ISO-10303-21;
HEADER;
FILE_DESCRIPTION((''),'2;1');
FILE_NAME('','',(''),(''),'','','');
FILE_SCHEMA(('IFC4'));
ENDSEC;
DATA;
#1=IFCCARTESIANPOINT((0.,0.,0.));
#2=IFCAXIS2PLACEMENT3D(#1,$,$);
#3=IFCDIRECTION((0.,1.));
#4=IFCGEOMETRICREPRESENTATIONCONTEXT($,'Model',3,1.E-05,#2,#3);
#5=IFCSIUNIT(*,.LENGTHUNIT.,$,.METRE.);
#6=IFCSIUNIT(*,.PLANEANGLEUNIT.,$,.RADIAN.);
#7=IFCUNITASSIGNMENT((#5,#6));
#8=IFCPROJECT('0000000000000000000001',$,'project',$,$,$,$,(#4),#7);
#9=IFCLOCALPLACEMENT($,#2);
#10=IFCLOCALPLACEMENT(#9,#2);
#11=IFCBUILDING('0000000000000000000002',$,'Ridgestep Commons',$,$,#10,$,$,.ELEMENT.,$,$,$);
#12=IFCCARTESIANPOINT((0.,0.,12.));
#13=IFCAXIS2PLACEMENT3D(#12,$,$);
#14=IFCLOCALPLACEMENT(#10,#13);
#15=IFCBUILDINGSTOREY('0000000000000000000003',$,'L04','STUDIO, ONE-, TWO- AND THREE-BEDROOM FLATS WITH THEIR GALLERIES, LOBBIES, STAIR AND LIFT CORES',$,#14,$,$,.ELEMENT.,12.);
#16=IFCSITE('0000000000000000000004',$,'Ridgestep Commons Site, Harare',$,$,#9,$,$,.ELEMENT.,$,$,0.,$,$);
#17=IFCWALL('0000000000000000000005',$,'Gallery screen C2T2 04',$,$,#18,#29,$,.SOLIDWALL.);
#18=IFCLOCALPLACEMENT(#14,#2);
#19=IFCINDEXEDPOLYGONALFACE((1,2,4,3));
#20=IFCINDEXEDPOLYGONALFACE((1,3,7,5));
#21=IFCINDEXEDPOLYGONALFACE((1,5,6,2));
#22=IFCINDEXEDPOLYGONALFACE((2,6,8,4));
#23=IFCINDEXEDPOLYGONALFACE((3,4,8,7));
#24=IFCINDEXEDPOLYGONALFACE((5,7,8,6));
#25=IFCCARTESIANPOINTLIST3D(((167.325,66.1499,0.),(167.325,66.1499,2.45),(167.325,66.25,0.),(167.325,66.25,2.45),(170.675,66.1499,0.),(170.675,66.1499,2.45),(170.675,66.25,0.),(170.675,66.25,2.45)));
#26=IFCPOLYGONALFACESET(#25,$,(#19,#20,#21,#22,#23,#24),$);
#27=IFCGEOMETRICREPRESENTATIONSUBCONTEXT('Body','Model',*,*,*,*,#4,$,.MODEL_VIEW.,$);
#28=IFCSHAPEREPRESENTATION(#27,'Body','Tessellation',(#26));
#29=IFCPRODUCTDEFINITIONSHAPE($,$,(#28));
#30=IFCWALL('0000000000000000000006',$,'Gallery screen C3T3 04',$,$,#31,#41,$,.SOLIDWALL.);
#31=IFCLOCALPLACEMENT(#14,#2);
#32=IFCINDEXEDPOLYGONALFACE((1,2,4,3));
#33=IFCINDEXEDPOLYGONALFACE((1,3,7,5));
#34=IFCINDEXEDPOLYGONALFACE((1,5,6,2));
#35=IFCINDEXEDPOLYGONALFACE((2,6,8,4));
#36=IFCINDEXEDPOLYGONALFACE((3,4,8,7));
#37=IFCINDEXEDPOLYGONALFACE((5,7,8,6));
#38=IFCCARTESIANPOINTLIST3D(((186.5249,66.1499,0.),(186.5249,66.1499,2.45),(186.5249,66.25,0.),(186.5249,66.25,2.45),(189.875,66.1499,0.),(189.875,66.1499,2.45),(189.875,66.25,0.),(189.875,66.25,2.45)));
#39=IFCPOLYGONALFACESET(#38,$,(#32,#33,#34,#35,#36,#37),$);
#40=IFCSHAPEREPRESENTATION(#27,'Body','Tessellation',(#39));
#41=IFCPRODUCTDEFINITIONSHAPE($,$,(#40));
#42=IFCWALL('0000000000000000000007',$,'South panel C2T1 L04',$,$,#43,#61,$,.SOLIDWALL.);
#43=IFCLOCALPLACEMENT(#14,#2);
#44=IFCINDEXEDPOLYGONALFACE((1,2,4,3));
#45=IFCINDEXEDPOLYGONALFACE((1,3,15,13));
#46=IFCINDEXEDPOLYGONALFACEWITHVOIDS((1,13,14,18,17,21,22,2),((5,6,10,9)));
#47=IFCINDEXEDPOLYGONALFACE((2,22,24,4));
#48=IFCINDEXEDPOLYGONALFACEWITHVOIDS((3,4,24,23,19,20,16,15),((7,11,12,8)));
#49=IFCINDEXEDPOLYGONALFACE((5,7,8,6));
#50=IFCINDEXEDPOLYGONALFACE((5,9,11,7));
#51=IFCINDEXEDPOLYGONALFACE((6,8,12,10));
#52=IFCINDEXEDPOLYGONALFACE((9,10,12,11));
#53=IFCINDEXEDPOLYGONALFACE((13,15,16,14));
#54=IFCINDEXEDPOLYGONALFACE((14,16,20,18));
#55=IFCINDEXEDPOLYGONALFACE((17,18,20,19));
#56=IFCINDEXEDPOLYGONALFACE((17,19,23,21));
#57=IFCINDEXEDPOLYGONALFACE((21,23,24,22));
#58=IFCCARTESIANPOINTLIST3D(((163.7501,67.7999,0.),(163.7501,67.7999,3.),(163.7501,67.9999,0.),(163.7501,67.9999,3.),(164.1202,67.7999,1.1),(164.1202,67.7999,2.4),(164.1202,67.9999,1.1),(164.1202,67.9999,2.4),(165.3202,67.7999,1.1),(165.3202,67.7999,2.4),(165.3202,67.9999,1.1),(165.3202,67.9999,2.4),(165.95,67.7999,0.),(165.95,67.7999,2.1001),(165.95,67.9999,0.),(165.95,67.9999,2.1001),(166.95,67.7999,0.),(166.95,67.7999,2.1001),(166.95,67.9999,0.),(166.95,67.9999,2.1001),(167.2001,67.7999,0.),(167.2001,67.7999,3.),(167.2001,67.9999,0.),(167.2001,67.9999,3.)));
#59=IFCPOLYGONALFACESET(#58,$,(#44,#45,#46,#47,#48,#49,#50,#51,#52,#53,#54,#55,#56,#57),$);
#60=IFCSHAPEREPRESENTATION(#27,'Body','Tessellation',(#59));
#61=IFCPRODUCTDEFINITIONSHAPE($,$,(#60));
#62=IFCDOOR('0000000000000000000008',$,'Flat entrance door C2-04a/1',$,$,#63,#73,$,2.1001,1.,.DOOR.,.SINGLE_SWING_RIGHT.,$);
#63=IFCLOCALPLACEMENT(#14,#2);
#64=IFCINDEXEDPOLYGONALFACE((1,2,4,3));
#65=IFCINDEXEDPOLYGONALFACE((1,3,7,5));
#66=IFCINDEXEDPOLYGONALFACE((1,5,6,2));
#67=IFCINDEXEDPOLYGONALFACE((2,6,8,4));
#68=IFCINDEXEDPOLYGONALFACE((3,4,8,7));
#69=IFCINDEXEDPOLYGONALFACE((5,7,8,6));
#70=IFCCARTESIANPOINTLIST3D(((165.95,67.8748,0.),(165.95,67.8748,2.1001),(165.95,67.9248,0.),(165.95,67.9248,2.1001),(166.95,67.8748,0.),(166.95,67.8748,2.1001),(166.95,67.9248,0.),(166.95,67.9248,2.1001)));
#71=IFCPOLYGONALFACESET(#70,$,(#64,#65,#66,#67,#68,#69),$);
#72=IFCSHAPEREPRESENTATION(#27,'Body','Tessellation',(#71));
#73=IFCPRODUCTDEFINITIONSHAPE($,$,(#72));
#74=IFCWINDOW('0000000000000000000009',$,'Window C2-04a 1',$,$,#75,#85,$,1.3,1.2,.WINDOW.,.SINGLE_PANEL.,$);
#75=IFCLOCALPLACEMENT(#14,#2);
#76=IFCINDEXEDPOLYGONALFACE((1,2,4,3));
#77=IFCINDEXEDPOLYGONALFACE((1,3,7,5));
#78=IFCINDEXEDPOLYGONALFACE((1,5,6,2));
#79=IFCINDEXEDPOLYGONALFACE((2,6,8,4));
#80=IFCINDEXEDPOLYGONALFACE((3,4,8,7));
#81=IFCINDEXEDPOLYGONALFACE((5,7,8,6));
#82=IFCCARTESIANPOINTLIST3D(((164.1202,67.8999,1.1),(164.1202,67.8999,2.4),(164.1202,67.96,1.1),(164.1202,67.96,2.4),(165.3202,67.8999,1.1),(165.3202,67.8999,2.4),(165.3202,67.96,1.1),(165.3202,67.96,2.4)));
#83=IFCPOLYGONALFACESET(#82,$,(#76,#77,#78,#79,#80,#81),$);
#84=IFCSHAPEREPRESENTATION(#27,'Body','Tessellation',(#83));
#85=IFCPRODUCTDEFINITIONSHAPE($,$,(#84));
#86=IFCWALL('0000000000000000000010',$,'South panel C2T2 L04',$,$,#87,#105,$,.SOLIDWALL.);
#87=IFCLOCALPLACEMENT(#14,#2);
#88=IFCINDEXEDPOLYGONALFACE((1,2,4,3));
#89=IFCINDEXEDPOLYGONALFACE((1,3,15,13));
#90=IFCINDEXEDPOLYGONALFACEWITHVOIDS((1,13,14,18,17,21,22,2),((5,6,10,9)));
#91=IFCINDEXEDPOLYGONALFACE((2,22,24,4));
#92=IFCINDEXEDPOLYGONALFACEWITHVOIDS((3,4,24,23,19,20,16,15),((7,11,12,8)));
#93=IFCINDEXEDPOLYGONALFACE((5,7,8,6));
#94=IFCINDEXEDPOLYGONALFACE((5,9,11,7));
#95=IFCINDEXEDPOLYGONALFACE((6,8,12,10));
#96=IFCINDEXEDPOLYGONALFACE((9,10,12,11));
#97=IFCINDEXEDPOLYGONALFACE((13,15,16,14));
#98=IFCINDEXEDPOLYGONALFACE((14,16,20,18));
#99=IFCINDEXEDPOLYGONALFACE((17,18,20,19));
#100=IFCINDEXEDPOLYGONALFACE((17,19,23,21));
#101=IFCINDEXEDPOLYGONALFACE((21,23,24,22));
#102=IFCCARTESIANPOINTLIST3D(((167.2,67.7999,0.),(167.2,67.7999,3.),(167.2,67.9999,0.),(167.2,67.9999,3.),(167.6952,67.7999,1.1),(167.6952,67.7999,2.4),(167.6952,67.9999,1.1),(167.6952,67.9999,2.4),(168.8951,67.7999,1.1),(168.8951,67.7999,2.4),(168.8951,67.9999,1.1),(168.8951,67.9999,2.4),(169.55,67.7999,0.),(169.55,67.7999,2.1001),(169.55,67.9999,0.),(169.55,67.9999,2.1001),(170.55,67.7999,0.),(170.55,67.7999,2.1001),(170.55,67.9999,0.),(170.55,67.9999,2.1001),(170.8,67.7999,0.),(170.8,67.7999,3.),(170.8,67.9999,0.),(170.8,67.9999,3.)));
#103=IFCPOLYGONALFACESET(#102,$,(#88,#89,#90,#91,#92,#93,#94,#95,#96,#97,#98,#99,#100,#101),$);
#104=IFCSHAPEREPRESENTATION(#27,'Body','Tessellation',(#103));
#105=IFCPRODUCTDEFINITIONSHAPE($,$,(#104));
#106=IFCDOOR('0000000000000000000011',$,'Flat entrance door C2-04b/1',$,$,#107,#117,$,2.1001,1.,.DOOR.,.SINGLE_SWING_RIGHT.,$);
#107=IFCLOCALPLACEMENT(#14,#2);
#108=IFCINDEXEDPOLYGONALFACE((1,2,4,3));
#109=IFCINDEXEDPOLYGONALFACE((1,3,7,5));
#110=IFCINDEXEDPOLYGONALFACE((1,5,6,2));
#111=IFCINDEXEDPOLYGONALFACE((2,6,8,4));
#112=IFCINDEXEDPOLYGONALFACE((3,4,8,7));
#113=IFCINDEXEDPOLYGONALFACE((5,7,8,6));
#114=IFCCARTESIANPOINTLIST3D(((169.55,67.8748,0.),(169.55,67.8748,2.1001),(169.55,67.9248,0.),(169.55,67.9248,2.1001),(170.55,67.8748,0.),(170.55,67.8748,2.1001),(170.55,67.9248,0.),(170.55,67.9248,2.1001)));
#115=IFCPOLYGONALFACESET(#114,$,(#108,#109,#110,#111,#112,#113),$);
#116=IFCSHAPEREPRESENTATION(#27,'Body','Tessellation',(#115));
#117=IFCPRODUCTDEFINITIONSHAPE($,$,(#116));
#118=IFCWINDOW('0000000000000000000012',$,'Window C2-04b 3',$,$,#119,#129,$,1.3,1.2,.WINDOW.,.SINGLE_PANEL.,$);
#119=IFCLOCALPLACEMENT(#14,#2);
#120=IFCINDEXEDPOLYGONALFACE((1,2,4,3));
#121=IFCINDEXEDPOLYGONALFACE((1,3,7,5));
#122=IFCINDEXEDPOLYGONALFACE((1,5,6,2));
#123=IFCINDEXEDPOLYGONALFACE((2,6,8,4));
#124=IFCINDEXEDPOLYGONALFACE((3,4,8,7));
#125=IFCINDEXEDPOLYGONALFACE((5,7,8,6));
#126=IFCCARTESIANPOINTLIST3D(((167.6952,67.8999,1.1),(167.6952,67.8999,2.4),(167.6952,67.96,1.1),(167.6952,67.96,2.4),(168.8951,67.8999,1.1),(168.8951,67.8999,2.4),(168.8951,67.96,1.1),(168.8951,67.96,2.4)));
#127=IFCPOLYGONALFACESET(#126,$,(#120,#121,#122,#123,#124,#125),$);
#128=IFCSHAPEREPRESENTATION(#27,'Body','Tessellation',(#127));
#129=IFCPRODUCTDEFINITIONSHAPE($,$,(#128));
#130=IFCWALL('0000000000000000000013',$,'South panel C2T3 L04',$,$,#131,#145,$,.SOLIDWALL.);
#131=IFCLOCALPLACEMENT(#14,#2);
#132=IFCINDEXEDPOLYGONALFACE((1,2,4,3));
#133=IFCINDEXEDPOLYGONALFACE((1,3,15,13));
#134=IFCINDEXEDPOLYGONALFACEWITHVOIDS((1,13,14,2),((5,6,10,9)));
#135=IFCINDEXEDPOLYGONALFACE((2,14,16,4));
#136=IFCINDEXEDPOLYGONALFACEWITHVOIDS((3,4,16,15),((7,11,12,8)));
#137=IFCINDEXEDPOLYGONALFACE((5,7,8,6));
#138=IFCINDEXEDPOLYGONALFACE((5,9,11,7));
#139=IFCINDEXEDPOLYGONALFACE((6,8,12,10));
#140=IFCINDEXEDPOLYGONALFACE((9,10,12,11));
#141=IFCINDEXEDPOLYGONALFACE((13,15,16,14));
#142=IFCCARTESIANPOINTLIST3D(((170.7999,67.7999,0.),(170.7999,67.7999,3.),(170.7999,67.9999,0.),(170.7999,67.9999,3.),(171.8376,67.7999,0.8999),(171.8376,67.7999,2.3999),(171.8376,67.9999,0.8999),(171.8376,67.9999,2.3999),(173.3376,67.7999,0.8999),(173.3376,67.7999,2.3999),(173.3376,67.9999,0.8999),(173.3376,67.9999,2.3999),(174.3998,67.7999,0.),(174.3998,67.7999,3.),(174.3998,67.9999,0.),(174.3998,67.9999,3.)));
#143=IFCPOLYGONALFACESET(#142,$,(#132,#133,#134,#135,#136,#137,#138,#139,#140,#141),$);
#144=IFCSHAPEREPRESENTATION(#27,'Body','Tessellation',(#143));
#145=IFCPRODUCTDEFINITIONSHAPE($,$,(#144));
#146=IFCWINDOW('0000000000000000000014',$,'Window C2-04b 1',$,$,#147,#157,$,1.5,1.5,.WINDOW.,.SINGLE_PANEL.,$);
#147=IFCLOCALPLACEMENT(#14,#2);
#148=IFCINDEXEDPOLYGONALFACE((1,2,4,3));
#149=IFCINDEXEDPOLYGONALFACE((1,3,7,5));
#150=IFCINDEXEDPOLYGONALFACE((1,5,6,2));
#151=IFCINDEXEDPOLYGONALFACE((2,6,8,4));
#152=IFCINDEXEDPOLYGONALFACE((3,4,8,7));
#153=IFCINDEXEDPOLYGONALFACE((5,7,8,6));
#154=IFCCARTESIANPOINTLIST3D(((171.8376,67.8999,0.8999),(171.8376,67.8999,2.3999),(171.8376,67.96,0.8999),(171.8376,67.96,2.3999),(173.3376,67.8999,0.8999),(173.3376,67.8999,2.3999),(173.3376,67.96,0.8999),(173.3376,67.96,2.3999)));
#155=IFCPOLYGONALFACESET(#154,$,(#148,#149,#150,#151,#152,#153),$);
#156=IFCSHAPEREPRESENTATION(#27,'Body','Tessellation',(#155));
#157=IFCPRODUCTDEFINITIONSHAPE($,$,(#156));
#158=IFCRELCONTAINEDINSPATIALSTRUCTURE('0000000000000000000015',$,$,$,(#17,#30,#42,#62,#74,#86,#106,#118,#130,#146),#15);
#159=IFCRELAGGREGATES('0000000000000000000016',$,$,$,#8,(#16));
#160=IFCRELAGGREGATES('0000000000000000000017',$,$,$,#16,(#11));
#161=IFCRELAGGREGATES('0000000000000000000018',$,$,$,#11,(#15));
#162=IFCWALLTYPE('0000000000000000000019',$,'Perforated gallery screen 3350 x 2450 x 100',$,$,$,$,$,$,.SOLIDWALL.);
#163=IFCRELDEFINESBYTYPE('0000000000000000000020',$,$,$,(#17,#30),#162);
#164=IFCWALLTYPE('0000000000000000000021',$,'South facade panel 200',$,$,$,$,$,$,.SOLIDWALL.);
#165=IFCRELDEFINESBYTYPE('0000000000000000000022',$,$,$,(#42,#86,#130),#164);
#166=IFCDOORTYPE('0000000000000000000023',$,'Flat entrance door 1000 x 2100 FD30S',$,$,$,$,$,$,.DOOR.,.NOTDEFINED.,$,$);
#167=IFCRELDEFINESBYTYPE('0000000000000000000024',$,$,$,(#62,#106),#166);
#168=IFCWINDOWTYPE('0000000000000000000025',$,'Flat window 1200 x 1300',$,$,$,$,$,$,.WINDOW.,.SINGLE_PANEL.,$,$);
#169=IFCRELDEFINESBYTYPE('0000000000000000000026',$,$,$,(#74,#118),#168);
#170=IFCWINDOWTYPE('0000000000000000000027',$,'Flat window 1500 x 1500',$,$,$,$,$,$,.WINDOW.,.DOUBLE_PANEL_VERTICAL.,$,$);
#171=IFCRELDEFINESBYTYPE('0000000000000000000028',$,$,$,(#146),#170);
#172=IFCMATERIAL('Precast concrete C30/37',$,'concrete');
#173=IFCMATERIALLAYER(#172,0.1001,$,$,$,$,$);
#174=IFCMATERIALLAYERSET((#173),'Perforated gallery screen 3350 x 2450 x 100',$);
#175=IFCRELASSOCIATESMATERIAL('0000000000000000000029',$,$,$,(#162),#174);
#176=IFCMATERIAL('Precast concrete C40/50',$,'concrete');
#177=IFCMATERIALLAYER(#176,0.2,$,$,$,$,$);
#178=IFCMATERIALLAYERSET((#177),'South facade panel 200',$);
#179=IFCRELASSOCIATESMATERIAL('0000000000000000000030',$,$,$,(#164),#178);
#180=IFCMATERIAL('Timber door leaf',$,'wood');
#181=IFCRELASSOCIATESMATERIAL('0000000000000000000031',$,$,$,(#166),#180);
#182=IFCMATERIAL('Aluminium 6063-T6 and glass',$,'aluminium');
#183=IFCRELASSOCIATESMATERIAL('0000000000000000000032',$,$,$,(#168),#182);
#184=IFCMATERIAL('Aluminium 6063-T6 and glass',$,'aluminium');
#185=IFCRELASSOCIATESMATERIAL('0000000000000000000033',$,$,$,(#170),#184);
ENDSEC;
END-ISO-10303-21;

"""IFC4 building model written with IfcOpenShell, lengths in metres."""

from ifc_helpers import new_model, si_unit, direction, frame, frame_2d, origin, place, context, subcontext, project, spatial, rectangle, extrude, material, layer, layer_set, type_object, element, fill, save


model = new_model("IFC4")

# Units and contexts
model_context = context("Model", 3, precision=1e-05, world=origin(), true_north=direction((0.0, 1.0)))
body_context = subcontext(model_context, "Body", "Model", "MODEL_VIEW")
ifc_project = project(units=[si_unit("LENGTHUNIT", "METRE"), si_unit("PLANEANGLEUNIT", "RADIAN")], contexts=[model_context])

# Site, building, storey
site_placement = place(None, origin())
site = spatial("IfcSite", under=ifc_project, at=site_placement, Name="Ridgestep Commons Site, Harare", CompositionType="ELEMENT", RefElevation=0.0)
building_placement = place(site_placement, origin())
building = spatial("IfcBuilding", under=site, at=building_placement, Name="Ridgestep Commons", CompositionType="ELEMENT")
storey_placement = place(building_placement, frame((0.0, 0.0, 12.0)))
storey = spatial("IfcBuildingStorey", under=building, at=storey_placement, Name="L04", Description="STUDIO, ONE-, TWO- AND THREE-BEDROOM FLATS WITH THEIR GALLERIES, LOBBIES, STAIR AND LIFT CORES", CompositionType="ELEMENT", Elevation=12.0)

# Walls
ifc_material_1 = material(Name="Precast concrete C30/37", Category="concrete")
ifc_layer_1 = layer(ifc_material_1, 0.1001)
ifc_layer_set_1 = layer_set([ifc_layer_1], Name="Perforated gallery screen 3350 x 2450 x 100")
wall_type_1 = type_object("IfcWallType", Name="Perforated gallery screen 3350 x 2450 x 100", PredefinedType="SOLIDWALL", material=ifc_layer_set_1)
for number, where, z_axis, x_axis, name in (
    (1, (167.325, 66.2, 0.0), (0.0, 0.0, 1.0), (1.0, 0.0, 0.0), "Gallery screen C2T2 04"),
    (2, (186.5249, 66.2, 0.0), (0.0, 0.0, 1.0), (1.0, 0.0, 0.0), "Gallery screen C3T3 04"),
):
    element("IfcWall", number, at=place(storey_placement, frame(where, z_axis=z_axis, x_axis=x_axis)), inside=storey, type_object=wall_type_1, Name=name, PredefinedType="SOLIDWALL", context=body_context, shape_type="SweptSolid", body=[
        extrude(rectangle(XDim=3.3501, YDim=0.1001, at=frame_2d((1.675, 0.0))), origin(), (0.0, 0.0, 1.0), 2.45),
    ])

# Walls, openings, doors, windows
ifc_material_2 = material(Name="Precast concrete C40/50", Category="concrete")
ifc_layer_2 = layer(ifc_material_2, 0.2)
ifc_layer_set_2 = layer_set([ifc_layer_2], Name="South facade panel 200")
wall_type_2 = type_object("IfcWallType", Name="South facade panel 200", PredefinedType="SOLIDWALL", material=ifc_layer_set_2)
wall_1_placement = place(storey_placement, frame((163.75, 67.8999, 0.0), z_axis=(0.0, 0.0, 1.0), x_axis=(1.0, 0.0, 0.0)))
wall_1 = element("IfcWall", 3, at=wall_1_placement, inside=storey, type_object=wall_type_2, Name="South panel C2T1 L04", PredefinedType="SOLIDWALL", context=body_context, shape_type="SweptSolid", body=[
    extrude(rectangle(XDim=3.45, YDim=0.2, at=frame_2d((1.7251, 0.0))), origin(), (0.0, 0.0, 1.0), 3.0),
])
opening_1_placement = place(wall_1_placement, frame((0.3701, 0.0, 1.1001)))
opening_1 = element("IfcOpeningElement", 4, at=opening_1_placement, cuts=wall_1, PredefinedType="OPENING", context=body_context, shape_type="SweptSolid", body=[
    extrude(rectangle(XDim=1.2, YDim=1.3, at=frame_2d((0.6001, 0.6499))), frame((0.0, 0.1099, 0.0), z_axis=(0.0, -1.0, 0.0), x_axis=(1.0, 0.0, 0.0)), (0.0, 0.0, 1.0), 0.22),
])
opening_2_placement = place(wall_1_placement, frame((2.2, 0.0, 0.0)))
opening_2 = element("IfcOpeningElement", 5, at=opening_2_placement, cuts=wall_1, PredefinedType="OPENING", context=body_context, shape_type="SweptSolid", body=[
    extrude(rectangle(XDim=1.0, YDim=2.1001, at=frame_2d((0.5, 1.05))), frame((0.0, 0.1099, 0.0), z_axis=(0.0, -1.0, 0.0), x_axis=(1.0, 0.0, 0.0)), (0.0, 0.0, 1.0), 0.22),
])
ifc_material_3 = material(Name="Timber door leaf", Category="wood")
door_type_1 = type_object("IfcDoorType", Name="Flat entrance door 1000 x 2100 FD30S", OperationType="NOTDEFINED", PredefinedType="DOOR", material=ifc_material_3)
door_1_placement = place(opening_2_placement, origin())
door_1 = element("IfcDoor", 6, at=door_1_placement, inside=storey, type_object=door_type_1, Name="Flat entrance door C2-04a/1", OperationType="SINGLE_SWING_RIGHT", OverallHeight=2.1001, OverallWidth=1.0, PredefinedType="DOOR", context=body_context, shape_type="SweptSolid", body=[
    extrude(rectangle(XDim=1.0, YDim=2.1001, at=frame_2d((0.5, 1.05))), frame((0.0, 0.0249, 0.0), z_axis=(0.0, -1.0, 0.0), x_axis=(1.0, 0.0, 0.0)), (0.0, 0.0, 1.0), 0.05),
])
fill(opening_2, door_1)
ifc_material_4 = material(Name="Aluminium 6063-T6 and glass", Category="aluminium")
window_type_1 = type_object("IfcWindowType", Name="Flat window 1200 x 1300", PartitioningType="SINGLE_PANEL", PredefinedType="WINDOW", material=ifc_material_4)
window_1_placement = place(opening_1_placement, origin())
window_1 = element("IfcWindow", 7, at=window_1_placement, inside=storey, type_object=window_type_1, Name="Window C2-04a 1", OverallHeight=1.3, OverallWidth=1.2, PartitioningType="SINGLE_PANEL", PredefinedType="WINDOW", context=body_context, shape_type="SweptSolid", body=[
    extrude(rectangle(XDim=1.2, YDim=1.3, at=frame_2d((0.6001, 0.6499))), frame((0.0, 0.0601, 0.0), z_axis=(0.0, -1.0, 0.0), x_axis=(1.0, 0.0, 0.0)), (0.0, 0.0, 1.0), 0.0601),
])
fill(opening_1, window_1)
wall_2_placement = place(storey_placement, frame((167.2, 67.8999, 0.0), z_axis=(0.0, 0.0, 1.0), x_axis=(1.0, 0.0, 0.0)))
wall_2 = element("IfcWall", 8, at=wall_2_placement, inside=storey, type_object=wall_type_2, Name="South panel C2T2 L04", PredefinedType="SOLIDWALL", context=body_context, shape_type="SweptSolid", body=[
    extrude(rectangle(XDim=3.6001, YDim=0.2, at=frame_2d((1.8, 0.0))), origin(), (0.0, 0.0, 1.0), 3.0),
])
opening_3_placement = place(wall_2_placement, frame((0.4951, 0.0, 1.1001)))
opening_3 = element("IfcOpeningElement", 9, at=opening_3_placement, cuts=wall_2, PredefinedType="OPENING", context=body_context, shape_type="SweptSolid", body=[
    extrude(rectangle(XDim=1.2, YDim=1.3, at=frame_2d((0.6001, 0.6499))), frame((0.0, 0.1099, 0.0), z_axis=(0.0, -1.0, 0.0), x_axis=(1.0, 0.0, 0.0)), (0.0, 0.0, 1.0), 0.22),
])
opening_4_placement = place(wall_2_placement, frame((2.3501, 0.0, 0.0)))
opening_4 = element("IfcOpeningElement", 10, at=opening_4_placement, cuts=wall_2, PredefinedType="OPENING", context=body_context, shape_type="SweptSolid", body=[
    extrude(rectangle(XDim=1.0, YDim=2.1001, at=frame_2d((0.5, 1.05))), frame((0.0, 0.1099, 0.0), z_axis=(0.0, -1.0, 0.0), x_axis=(1.0, 0.0, 0.0)), (0.0, 0.0, 1.0), 0.22),
])
door_2_placement = place(opening_4_placement, origin())
door_2 = element("IfcDoor", 11, at=door_2_placement, inside=storey, type_object=door_type_1, Name="Flat entrance door C2-04b/1", OperationType="SINGLE_SWING_RIGHT", OverallHeight=2.1001, OverallWidth=1.0, PredefinedType="DOOR", context=body_context, shape_type="SweptSolid", body=[
    extrude(rectangle(XDim=1.0, YDim=2.1001, at=frame_2d((0.5, 1.05))), frame((0.0, 0.0249, 0.0), z_axis=(0.0, -1.0, 0.0), x_axis=(1.0, 0.0, 0.0)), (0.0, 0.0, 1.0), 0.05),
])
fill(opening_4, door_2)
window_2_placement = place(opening_3_placement, origin())
window_2 = element("IfcWindow", 12, at=window_2_placement, inside=storey, type_object=window_type_1, Name="Window C2-04b 3", OverallHeight=1.3, OverallWidth=1.2, PartitioningType="SINGLE_PANEL", PredefinedType="WINDOW", context=body_context, shape_type="SweptSolid", body=[
    extrude(rectangle(XDim=1.2, YDim=1.3, at=frame_2d((0.6001, 0.6499))), frame((0.0, 0.0601, 0.0), z_axis=(0.0, -1.0, 0.0), x_axis=(1.0, 0.0, 0.0)), (0.0, 0.0, 1.0), 0.0601),
])
fill(opening_3, window_2)

# Wall, opening, window
wall_3_placement = place(storey_placement, frame((170.8, 67.8999, 0.0), z_axis=(0.0, 0.0, 1.0), x_axis=(1.0, 0.0, 0.0)))
wall_3 = element("IfcWall", 13, at=wall_3_placement, inside=storey, type_object=wall_type_2, Name="South panel C2T3 L04", PredefinedType="SOLIDWALL", context=body_context, shape_type="SweptSolid", body=[
    extrude(rectangle(XDim=3.5999, YDim=0.2, at=frame_2d((1.7998, 0.0))), origin(), (0.0, 0.0, 1.0), 3.0),
])
opening_5_placement = place(wall_3_placement, frame((1.0376, 0.0, 0.8999)))
opening_5 = element("IfcOpeningElement", 14, at=opening_5_placement, cuts=wall_3, PredefinedType="OPENING", context=body_context, shape_type="SweptSolid", body=[
    extrude(rectangle(XDim=1.5, YDim=1.5, at=frame_2d((0.75, 0.75))), frame((0.0, 0.1099, 0.0), z_axis=(0.0, -1.0, 0.0), x_axis=(1.0, 0.0, 0.0)), (0.0, 0.0, 1.0), 0.22),
])
ifc_material_5 = material(Name="Aluminium 6063-T6 and glass", Category="aluminium")
window_type_2 = type_object("IfcWindowType", Name="Flat window 1500 x 1500", PartitioningType="DOUBLE_PANEL_VERTICAL", PredefinedType="WINDOW", material=ifc_material_5)
window_3_placement = place(opening_5_placement, origin())
window_3 = element("IfcWindow", 15, at=window_3_placement, inside=storey, type_object=window_type_2, Name="Window C2-04b 1", OverallHeight=1.5, OverallWidth=1.5, PartitioningType="SINGLE_PANEL", PredefinedType="WINDOW", context=body_context, shape_type="SweptSolid", body=[
    extrude(rectangle(XDim=1.5, YDim=1.5, at=frame_2d((0.75, 0.75))), frame((0.0, 0.0601, 0.0), z_axis=(0.0, -1.0, 0.0), x_axis=(1.0, 0.0, 0.0)), (0.0, 0.0, 1.0), 0.0601),
])
fill(opening_5, window_3)

save(model, "model.ifc")
